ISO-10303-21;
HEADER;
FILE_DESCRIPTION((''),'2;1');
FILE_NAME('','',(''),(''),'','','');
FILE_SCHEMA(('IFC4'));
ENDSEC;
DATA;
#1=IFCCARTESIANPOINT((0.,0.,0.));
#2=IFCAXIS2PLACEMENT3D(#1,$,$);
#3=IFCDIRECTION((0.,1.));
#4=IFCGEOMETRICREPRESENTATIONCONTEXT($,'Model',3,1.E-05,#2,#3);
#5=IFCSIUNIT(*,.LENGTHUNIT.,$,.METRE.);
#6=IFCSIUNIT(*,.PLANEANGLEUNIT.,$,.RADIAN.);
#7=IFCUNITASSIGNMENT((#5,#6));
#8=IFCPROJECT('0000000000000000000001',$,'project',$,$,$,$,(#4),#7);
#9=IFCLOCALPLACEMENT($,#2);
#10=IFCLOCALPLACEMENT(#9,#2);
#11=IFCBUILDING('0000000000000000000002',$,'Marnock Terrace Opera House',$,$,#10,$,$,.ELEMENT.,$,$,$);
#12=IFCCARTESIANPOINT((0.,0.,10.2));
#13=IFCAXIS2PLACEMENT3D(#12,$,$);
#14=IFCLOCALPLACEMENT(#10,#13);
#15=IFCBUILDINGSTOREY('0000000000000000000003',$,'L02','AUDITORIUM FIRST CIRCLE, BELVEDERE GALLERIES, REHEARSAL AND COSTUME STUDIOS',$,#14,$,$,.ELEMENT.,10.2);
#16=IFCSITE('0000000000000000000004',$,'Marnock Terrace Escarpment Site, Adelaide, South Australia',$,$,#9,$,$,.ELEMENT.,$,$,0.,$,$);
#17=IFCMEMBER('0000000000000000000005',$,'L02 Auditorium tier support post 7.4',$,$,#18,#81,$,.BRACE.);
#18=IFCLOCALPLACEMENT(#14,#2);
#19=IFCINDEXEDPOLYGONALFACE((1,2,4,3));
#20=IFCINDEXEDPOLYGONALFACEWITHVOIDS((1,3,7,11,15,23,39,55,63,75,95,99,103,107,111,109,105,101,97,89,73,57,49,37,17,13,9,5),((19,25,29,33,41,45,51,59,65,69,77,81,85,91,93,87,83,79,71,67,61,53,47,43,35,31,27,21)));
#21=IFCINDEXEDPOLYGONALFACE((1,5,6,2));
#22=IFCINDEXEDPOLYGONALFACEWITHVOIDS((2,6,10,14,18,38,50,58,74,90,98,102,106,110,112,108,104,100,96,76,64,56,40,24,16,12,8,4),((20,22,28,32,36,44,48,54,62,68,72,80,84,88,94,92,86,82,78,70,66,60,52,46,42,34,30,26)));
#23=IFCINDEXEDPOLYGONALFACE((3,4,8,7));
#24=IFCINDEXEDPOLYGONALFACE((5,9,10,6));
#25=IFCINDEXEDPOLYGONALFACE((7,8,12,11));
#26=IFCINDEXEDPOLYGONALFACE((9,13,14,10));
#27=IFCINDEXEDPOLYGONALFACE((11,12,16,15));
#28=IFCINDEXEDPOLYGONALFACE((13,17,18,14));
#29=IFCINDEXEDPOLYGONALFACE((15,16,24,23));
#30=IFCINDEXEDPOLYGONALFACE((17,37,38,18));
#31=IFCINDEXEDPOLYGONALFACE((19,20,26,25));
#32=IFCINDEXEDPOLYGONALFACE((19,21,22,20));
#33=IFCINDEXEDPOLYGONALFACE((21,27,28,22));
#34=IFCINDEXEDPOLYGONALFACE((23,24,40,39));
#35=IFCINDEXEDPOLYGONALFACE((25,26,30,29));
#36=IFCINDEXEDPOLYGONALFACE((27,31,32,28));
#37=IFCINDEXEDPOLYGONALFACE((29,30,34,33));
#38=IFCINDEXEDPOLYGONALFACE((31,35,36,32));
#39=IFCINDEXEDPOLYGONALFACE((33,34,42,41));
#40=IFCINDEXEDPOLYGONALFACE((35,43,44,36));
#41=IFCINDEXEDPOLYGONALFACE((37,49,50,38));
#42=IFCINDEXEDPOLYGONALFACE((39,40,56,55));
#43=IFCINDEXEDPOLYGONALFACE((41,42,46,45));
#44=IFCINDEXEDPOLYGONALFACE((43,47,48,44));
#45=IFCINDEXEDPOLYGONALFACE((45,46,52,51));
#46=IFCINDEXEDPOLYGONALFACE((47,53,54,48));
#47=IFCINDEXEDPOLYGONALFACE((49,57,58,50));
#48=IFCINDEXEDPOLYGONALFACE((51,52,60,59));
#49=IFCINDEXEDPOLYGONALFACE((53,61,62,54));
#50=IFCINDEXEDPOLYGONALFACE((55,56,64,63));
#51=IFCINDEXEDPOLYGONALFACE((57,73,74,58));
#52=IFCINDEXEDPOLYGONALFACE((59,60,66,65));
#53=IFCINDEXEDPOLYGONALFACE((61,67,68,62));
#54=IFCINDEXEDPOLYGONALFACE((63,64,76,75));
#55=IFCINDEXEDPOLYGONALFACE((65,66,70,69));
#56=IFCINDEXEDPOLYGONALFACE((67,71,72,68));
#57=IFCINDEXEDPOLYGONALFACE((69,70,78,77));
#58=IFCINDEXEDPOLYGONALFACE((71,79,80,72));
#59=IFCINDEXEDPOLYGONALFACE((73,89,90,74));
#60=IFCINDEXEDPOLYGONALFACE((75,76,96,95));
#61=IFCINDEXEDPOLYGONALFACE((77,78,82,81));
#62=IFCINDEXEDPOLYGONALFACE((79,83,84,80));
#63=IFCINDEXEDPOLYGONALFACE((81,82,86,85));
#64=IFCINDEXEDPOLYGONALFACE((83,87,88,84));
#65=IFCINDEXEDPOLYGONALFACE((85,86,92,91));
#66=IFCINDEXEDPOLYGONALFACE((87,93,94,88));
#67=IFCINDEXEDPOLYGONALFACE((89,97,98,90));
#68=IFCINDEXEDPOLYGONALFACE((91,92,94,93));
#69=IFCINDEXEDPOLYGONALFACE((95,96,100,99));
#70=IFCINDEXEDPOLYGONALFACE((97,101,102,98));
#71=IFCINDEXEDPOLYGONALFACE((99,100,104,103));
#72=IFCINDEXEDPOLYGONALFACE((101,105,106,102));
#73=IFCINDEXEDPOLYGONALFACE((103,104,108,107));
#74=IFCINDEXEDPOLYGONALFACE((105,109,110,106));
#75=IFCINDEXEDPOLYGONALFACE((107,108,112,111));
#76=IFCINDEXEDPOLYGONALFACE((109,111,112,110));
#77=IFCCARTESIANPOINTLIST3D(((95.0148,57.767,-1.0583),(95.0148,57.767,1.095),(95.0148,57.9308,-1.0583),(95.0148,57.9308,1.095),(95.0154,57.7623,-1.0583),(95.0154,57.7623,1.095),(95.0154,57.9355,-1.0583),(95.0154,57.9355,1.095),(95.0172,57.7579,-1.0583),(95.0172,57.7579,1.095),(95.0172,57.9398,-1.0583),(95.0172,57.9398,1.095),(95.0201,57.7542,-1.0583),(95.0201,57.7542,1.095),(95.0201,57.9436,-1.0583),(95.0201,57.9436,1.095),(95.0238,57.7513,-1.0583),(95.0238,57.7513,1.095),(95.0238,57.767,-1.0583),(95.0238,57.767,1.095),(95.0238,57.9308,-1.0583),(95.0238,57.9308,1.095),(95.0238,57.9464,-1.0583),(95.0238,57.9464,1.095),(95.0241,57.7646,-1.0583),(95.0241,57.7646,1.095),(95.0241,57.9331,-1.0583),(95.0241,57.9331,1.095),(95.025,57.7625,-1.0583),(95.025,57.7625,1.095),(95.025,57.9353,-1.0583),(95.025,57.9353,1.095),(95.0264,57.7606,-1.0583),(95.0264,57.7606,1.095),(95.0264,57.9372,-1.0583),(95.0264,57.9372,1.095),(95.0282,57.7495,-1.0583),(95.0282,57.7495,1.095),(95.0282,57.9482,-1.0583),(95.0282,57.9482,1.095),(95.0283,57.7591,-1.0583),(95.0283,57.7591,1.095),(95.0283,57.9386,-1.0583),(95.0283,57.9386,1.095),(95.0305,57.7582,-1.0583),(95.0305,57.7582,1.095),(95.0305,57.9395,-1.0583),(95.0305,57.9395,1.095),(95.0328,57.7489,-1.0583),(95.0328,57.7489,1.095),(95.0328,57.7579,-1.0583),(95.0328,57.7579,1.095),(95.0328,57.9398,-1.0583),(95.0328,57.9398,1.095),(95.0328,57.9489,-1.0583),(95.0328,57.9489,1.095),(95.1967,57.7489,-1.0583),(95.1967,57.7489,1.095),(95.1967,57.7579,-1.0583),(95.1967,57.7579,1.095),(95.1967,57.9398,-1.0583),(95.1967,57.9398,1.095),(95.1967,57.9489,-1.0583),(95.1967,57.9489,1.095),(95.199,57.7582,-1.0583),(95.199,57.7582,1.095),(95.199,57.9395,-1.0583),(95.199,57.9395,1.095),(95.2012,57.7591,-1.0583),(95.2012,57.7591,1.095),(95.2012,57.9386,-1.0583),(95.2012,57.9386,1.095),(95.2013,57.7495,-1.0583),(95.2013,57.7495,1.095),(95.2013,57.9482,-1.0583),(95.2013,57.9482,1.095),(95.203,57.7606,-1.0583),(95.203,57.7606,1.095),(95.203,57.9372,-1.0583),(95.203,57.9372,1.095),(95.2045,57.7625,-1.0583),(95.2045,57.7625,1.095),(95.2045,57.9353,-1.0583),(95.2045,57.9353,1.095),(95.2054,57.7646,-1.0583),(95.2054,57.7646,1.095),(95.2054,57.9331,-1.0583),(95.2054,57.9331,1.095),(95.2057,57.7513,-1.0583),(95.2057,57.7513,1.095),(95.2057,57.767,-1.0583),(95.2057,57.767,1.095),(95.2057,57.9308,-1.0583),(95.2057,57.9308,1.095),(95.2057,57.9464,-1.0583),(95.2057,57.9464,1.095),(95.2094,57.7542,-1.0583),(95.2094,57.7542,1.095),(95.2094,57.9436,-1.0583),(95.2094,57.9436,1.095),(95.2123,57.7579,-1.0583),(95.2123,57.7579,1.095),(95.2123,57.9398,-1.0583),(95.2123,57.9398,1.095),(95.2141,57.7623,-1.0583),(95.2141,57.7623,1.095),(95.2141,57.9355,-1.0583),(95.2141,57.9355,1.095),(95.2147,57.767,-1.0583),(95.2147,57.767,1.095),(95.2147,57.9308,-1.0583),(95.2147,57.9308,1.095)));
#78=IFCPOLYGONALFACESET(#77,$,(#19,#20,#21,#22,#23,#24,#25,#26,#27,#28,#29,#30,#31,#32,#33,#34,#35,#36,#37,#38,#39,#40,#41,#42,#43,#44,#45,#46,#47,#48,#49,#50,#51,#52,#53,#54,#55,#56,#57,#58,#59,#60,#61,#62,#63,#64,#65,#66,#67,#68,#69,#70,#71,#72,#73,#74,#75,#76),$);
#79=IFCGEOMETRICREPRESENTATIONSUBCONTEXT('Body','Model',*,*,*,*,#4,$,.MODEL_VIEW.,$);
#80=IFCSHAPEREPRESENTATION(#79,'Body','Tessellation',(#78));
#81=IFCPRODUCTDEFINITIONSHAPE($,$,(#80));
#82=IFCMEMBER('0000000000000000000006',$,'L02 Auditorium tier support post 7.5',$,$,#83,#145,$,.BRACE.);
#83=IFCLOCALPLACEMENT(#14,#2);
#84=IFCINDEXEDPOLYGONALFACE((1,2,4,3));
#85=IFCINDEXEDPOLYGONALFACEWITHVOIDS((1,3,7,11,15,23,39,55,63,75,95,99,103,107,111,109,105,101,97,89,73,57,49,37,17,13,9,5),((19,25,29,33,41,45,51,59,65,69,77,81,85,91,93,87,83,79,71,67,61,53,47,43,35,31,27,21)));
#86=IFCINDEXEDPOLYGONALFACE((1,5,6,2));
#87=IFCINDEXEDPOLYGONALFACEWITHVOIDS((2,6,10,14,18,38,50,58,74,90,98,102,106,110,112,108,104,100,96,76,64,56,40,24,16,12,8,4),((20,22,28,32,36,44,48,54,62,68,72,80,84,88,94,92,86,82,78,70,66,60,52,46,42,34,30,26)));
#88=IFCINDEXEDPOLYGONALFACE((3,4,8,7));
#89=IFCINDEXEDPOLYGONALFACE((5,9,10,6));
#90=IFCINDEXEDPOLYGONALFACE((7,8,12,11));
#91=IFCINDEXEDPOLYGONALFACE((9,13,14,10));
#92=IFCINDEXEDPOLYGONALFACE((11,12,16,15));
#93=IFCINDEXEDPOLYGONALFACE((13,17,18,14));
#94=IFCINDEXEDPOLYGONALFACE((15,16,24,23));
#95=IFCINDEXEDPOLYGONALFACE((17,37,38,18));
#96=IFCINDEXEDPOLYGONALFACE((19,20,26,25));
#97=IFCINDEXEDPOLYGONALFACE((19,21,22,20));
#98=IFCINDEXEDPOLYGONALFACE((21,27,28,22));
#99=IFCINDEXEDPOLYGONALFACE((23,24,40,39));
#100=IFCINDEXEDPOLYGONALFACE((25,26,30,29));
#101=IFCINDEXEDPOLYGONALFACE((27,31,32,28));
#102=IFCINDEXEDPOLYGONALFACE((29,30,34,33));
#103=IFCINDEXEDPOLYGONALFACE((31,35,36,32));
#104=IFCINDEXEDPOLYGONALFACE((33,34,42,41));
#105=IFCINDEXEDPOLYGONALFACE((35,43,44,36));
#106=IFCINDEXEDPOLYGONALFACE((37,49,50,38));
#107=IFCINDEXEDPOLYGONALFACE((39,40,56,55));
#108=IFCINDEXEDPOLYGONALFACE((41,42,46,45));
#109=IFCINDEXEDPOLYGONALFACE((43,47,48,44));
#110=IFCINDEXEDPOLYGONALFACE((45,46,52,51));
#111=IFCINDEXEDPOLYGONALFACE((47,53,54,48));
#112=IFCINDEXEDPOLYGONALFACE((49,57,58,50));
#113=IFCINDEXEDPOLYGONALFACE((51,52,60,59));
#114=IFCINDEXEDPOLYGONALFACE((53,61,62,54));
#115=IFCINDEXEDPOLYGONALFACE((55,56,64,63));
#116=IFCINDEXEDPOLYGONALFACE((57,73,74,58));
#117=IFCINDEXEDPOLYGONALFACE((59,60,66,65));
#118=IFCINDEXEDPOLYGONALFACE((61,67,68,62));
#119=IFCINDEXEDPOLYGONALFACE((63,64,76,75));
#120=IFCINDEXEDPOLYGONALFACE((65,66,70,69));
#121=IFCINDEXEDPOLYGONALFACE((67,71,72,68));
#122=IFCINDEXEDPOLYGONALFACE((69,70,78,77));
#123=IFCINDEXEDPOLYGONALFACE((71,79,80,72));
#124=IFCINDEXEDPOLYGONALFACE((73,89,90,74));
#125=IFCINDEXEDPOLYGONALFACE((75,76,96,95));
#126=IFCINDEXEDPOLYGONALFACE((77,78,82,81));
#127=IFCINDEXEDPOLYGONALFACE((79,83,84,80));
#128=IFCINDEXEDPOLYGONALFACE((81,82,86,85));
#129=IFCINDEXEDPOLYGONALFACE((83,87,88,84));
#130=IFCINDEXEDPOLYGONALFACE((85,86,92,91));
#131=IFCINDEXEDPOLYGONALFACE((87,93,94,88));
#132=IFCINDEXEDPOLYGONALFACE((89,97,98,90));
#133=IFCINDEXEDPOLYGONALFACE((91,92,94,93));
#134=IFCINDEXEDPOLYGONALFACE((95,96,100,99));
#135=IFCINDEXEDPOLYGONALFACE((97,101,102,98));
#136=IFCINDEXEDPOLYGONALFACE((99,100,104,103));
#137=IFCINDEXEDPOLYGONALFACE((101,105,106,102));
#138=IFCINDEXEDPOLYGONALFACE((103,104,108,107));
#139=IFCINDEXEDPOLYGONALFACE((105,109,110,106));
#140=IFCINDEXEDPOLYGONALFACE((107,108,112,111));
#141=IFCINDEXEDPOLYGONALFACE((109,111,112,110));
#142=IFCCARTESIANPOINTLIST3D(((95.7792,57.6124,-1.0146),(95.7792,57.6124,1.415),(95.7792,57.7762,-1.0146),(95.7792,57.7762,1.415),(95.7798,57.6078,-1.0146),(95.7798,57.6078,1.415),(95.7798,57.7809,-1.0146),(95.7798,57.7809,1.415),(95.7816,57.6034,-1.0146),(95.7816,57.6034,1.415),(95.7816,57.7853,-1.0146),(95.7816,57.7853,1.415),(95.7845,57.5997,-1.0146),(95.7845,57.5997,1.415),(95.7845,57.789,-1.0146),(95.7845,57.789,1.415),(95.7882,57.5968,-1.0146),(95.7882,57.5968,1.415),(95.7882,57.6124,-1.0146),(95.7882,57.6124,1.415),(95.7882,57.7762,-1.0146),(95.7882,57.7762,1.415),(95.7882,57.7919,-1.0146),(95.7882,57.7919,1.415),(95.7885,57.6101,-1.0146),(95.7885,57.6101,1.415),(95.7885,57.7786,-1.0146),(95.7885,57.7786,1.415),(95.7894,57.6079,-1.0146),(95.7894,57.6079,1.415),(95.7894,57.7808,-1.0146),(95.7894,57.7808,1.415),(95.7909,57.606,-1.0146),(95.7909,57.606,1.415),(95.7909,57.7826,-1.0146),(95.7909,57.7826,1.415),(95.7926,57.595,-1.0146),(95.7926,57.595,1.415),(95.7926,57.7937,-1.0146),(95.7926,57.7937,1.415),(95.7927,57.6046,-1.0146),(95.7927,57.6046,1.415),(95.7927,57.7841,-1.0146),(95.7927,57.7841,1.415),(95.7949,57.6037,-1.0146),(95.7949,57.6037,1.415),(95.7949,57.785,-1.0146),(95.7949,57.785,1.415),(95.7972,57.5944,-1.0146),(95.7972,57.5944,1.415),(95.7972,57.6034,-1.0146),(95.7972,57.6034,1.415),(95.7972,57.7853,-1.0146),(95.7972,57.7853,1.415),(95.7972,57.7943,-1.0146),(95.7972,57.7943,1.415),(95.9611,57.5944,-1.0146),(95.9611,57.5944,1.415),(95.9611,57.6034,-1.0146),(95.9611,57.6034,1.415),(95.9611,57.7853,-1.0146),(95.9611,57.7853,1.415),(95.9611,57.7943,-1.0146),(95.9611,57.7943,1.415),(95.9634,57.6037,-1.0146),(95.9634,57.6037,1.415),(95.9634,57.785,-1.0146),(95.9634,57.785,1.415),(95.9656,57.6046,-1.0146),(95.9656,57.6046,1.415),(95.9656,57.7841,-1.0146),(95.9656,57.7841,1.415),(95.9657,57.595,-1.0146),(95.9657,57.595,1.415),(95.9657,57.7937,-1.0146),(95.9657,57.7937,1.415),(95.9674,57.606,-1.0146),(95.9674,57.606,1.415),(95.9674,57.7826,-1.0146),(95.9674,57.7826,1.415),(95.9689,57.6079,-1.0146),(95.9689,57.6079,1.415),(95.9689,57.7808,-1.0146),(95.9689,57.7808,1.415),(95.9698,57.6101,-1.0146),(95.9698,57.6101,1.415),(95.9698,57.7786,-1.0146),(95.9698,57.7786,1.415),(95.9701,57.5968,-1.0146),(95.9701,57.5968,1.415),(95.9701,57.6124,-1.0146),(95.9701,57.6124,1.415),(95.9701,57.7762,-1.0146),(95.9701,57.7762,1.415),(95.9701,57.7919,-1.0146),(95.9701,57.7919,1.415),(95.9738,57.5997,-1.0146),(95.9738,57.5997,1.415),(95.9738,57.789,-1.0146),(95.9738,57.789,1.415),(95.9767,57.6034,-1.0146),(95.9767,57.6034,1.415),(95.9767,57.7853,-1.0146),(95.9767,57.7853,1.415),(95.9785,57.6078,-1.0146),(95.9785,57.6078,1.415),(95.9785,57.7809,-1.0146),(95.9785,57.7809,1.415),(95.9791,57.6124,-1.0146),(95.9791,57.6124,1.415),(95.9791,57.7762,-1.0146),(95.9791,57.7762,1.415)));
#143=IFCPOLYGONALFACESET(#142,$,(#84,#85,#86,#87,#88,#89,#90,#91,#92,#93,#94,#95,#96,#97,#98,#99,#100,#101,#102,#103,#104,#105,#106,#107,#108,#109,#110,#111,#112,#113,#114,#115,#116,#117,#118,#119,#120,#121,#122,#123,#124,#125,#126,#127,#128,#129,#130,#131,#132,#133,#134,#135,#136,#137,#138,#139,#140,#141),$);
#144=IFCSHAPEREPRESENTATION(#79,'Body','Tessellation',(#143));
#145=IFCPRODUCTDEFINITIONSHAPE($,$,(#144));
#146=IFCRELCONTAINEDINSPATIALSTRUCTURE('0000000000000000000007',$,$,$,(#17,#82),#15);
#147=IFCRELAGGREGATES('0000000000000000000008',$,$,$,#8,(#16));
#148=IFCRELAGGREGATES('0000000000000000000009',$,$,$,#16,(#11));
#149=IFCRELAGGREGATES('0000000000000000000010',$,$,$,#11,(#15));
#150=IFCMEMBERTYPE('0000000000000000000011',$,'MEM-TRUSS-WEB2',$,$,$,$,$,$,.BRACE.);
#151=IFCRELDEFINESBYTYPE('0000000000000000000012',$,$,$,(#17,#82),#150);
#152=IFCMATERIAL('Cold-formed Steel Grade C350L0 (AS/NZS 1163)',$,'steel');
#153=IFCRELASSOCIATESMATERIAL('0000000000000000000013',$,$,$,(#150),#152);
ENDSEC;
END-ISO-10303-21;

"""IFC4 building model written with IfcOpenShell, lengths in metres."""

from ifc_helpers import new_model, si_unit, direction, frame, origin, origin_2d, place, context, subcontext, project, spatial, hollow_rectangle, extrude, material, material_profile, profile_set, type_object, element, save


model = new_model("IFC4")

# Units and contexts
model_context = context("Model", 3, precision=1e-05, world=origin(), true_north=direction((0.0, 1.0)))
body_context = subcontext(model_context, "Body", "Model", "MODEL_VIEW")
ifc_project = project(units=[si_unit("LENGTHUNIT", "METRE"), si_unit("PLANEANGLEUNIT", "RADIAN")], contexts=[model_context])

# Site, building, storey
site_placement = place(None, origin())
site = spatial("IfcSite", under=ifc_project, at=site_placement, Name="Marnock Terrace Escarpment Site, Adelaide, South Australia", CompositionType="ELEMENT", RefElevation=0.0)
building_placement = place(site_placement, origin())
building = spatial("IfcBuilding", under=site, at=building_placement, Name="Marnock Terrace Opera House", CompositionType="ELEMENT")
storey_placement = place(building_placement, frame((0.0, 0.0, 10.2)))
storey = spatial("IfcBuildingStorey", under=building, at=storey_placement, Name="L02", Description="AUDITORIUM FIRST CIRCLE, BELVEDERE GALLERIES, REHEARSAL AND COSTUME STUDIOS", CompositionType="ELEMENT", Elevation=10.2)

# Members
ifc_material_1 = material(Name="Cold-formed Steel Grade C350L0 (AS/NZS 1163)", Category="steel")
ifc_material_profile_1 = material_profile(ifc_material_1, hollow_rectangle(XDim=0.2, YDim=0.2, WallThickness=0.009, InnerFilletRadius=0.009, OuterFilletRadius=0.0181, at=origin_2d()))
ifc_profile_set_1 = profile_set([ifc_material_profile_1], Name="Cold-formed Steel Grade C350L0 (AS/NZS 1163)")
member_type = type_object("IfcMemberType", Name="MEM-TRUSS-WEB2", PredefinedType="BRACE", material=ifc_profile_set_1)
member_1_placement = place(storey_placement, frame((95.1147, 57.8489, -1.0583), z_axis=(0.0, 0.0, 1.0), x_axis=(1.0, 0.0, 0.0)))
element("IfcMember", 1, at=member_1_placement, inside=storey, type_object=member_type, Name="L02 Auditorium tier support post 7.4", PredefinedType="BRACE", context=body_context, shape_type="SweptSolid", body=[
    extrude(hollow_rectangle(XDim=0.2, YDim=0.2, WallThickness=0.009, InnerFilletRadius=0.009, OuterFilletRadius=0.0181, at=origin_2d()), origin(), (0.0, 0.0, 1.0), 2.1533),
])
member_2_placement = place(storey_placement, frame((95.8792, 57.6943, -1.0146), z_axis=(0.0, 0.0, 1.0), x_axis=(1.0, 0.0, 0.0)))
element("IfcMember", 2, at=member_2_placement, inside=storey, type_object=member_type, Name="L02 Auditorium tier support post 7.5", PredefinedType="BRACE", context=body_context, shape_type="SweptSolid", body=[
    extrude(hollow_rectangle(XDim=0.2, YDim=0.2, WallThickness=0.009, InnerFilletRadius=0.009, OuterFilletRadius=0.0181, at=origin_2d()), origin(), (0.0, 0.0, 1.0), 2.4297),
])

save(model, "model.ifc")
